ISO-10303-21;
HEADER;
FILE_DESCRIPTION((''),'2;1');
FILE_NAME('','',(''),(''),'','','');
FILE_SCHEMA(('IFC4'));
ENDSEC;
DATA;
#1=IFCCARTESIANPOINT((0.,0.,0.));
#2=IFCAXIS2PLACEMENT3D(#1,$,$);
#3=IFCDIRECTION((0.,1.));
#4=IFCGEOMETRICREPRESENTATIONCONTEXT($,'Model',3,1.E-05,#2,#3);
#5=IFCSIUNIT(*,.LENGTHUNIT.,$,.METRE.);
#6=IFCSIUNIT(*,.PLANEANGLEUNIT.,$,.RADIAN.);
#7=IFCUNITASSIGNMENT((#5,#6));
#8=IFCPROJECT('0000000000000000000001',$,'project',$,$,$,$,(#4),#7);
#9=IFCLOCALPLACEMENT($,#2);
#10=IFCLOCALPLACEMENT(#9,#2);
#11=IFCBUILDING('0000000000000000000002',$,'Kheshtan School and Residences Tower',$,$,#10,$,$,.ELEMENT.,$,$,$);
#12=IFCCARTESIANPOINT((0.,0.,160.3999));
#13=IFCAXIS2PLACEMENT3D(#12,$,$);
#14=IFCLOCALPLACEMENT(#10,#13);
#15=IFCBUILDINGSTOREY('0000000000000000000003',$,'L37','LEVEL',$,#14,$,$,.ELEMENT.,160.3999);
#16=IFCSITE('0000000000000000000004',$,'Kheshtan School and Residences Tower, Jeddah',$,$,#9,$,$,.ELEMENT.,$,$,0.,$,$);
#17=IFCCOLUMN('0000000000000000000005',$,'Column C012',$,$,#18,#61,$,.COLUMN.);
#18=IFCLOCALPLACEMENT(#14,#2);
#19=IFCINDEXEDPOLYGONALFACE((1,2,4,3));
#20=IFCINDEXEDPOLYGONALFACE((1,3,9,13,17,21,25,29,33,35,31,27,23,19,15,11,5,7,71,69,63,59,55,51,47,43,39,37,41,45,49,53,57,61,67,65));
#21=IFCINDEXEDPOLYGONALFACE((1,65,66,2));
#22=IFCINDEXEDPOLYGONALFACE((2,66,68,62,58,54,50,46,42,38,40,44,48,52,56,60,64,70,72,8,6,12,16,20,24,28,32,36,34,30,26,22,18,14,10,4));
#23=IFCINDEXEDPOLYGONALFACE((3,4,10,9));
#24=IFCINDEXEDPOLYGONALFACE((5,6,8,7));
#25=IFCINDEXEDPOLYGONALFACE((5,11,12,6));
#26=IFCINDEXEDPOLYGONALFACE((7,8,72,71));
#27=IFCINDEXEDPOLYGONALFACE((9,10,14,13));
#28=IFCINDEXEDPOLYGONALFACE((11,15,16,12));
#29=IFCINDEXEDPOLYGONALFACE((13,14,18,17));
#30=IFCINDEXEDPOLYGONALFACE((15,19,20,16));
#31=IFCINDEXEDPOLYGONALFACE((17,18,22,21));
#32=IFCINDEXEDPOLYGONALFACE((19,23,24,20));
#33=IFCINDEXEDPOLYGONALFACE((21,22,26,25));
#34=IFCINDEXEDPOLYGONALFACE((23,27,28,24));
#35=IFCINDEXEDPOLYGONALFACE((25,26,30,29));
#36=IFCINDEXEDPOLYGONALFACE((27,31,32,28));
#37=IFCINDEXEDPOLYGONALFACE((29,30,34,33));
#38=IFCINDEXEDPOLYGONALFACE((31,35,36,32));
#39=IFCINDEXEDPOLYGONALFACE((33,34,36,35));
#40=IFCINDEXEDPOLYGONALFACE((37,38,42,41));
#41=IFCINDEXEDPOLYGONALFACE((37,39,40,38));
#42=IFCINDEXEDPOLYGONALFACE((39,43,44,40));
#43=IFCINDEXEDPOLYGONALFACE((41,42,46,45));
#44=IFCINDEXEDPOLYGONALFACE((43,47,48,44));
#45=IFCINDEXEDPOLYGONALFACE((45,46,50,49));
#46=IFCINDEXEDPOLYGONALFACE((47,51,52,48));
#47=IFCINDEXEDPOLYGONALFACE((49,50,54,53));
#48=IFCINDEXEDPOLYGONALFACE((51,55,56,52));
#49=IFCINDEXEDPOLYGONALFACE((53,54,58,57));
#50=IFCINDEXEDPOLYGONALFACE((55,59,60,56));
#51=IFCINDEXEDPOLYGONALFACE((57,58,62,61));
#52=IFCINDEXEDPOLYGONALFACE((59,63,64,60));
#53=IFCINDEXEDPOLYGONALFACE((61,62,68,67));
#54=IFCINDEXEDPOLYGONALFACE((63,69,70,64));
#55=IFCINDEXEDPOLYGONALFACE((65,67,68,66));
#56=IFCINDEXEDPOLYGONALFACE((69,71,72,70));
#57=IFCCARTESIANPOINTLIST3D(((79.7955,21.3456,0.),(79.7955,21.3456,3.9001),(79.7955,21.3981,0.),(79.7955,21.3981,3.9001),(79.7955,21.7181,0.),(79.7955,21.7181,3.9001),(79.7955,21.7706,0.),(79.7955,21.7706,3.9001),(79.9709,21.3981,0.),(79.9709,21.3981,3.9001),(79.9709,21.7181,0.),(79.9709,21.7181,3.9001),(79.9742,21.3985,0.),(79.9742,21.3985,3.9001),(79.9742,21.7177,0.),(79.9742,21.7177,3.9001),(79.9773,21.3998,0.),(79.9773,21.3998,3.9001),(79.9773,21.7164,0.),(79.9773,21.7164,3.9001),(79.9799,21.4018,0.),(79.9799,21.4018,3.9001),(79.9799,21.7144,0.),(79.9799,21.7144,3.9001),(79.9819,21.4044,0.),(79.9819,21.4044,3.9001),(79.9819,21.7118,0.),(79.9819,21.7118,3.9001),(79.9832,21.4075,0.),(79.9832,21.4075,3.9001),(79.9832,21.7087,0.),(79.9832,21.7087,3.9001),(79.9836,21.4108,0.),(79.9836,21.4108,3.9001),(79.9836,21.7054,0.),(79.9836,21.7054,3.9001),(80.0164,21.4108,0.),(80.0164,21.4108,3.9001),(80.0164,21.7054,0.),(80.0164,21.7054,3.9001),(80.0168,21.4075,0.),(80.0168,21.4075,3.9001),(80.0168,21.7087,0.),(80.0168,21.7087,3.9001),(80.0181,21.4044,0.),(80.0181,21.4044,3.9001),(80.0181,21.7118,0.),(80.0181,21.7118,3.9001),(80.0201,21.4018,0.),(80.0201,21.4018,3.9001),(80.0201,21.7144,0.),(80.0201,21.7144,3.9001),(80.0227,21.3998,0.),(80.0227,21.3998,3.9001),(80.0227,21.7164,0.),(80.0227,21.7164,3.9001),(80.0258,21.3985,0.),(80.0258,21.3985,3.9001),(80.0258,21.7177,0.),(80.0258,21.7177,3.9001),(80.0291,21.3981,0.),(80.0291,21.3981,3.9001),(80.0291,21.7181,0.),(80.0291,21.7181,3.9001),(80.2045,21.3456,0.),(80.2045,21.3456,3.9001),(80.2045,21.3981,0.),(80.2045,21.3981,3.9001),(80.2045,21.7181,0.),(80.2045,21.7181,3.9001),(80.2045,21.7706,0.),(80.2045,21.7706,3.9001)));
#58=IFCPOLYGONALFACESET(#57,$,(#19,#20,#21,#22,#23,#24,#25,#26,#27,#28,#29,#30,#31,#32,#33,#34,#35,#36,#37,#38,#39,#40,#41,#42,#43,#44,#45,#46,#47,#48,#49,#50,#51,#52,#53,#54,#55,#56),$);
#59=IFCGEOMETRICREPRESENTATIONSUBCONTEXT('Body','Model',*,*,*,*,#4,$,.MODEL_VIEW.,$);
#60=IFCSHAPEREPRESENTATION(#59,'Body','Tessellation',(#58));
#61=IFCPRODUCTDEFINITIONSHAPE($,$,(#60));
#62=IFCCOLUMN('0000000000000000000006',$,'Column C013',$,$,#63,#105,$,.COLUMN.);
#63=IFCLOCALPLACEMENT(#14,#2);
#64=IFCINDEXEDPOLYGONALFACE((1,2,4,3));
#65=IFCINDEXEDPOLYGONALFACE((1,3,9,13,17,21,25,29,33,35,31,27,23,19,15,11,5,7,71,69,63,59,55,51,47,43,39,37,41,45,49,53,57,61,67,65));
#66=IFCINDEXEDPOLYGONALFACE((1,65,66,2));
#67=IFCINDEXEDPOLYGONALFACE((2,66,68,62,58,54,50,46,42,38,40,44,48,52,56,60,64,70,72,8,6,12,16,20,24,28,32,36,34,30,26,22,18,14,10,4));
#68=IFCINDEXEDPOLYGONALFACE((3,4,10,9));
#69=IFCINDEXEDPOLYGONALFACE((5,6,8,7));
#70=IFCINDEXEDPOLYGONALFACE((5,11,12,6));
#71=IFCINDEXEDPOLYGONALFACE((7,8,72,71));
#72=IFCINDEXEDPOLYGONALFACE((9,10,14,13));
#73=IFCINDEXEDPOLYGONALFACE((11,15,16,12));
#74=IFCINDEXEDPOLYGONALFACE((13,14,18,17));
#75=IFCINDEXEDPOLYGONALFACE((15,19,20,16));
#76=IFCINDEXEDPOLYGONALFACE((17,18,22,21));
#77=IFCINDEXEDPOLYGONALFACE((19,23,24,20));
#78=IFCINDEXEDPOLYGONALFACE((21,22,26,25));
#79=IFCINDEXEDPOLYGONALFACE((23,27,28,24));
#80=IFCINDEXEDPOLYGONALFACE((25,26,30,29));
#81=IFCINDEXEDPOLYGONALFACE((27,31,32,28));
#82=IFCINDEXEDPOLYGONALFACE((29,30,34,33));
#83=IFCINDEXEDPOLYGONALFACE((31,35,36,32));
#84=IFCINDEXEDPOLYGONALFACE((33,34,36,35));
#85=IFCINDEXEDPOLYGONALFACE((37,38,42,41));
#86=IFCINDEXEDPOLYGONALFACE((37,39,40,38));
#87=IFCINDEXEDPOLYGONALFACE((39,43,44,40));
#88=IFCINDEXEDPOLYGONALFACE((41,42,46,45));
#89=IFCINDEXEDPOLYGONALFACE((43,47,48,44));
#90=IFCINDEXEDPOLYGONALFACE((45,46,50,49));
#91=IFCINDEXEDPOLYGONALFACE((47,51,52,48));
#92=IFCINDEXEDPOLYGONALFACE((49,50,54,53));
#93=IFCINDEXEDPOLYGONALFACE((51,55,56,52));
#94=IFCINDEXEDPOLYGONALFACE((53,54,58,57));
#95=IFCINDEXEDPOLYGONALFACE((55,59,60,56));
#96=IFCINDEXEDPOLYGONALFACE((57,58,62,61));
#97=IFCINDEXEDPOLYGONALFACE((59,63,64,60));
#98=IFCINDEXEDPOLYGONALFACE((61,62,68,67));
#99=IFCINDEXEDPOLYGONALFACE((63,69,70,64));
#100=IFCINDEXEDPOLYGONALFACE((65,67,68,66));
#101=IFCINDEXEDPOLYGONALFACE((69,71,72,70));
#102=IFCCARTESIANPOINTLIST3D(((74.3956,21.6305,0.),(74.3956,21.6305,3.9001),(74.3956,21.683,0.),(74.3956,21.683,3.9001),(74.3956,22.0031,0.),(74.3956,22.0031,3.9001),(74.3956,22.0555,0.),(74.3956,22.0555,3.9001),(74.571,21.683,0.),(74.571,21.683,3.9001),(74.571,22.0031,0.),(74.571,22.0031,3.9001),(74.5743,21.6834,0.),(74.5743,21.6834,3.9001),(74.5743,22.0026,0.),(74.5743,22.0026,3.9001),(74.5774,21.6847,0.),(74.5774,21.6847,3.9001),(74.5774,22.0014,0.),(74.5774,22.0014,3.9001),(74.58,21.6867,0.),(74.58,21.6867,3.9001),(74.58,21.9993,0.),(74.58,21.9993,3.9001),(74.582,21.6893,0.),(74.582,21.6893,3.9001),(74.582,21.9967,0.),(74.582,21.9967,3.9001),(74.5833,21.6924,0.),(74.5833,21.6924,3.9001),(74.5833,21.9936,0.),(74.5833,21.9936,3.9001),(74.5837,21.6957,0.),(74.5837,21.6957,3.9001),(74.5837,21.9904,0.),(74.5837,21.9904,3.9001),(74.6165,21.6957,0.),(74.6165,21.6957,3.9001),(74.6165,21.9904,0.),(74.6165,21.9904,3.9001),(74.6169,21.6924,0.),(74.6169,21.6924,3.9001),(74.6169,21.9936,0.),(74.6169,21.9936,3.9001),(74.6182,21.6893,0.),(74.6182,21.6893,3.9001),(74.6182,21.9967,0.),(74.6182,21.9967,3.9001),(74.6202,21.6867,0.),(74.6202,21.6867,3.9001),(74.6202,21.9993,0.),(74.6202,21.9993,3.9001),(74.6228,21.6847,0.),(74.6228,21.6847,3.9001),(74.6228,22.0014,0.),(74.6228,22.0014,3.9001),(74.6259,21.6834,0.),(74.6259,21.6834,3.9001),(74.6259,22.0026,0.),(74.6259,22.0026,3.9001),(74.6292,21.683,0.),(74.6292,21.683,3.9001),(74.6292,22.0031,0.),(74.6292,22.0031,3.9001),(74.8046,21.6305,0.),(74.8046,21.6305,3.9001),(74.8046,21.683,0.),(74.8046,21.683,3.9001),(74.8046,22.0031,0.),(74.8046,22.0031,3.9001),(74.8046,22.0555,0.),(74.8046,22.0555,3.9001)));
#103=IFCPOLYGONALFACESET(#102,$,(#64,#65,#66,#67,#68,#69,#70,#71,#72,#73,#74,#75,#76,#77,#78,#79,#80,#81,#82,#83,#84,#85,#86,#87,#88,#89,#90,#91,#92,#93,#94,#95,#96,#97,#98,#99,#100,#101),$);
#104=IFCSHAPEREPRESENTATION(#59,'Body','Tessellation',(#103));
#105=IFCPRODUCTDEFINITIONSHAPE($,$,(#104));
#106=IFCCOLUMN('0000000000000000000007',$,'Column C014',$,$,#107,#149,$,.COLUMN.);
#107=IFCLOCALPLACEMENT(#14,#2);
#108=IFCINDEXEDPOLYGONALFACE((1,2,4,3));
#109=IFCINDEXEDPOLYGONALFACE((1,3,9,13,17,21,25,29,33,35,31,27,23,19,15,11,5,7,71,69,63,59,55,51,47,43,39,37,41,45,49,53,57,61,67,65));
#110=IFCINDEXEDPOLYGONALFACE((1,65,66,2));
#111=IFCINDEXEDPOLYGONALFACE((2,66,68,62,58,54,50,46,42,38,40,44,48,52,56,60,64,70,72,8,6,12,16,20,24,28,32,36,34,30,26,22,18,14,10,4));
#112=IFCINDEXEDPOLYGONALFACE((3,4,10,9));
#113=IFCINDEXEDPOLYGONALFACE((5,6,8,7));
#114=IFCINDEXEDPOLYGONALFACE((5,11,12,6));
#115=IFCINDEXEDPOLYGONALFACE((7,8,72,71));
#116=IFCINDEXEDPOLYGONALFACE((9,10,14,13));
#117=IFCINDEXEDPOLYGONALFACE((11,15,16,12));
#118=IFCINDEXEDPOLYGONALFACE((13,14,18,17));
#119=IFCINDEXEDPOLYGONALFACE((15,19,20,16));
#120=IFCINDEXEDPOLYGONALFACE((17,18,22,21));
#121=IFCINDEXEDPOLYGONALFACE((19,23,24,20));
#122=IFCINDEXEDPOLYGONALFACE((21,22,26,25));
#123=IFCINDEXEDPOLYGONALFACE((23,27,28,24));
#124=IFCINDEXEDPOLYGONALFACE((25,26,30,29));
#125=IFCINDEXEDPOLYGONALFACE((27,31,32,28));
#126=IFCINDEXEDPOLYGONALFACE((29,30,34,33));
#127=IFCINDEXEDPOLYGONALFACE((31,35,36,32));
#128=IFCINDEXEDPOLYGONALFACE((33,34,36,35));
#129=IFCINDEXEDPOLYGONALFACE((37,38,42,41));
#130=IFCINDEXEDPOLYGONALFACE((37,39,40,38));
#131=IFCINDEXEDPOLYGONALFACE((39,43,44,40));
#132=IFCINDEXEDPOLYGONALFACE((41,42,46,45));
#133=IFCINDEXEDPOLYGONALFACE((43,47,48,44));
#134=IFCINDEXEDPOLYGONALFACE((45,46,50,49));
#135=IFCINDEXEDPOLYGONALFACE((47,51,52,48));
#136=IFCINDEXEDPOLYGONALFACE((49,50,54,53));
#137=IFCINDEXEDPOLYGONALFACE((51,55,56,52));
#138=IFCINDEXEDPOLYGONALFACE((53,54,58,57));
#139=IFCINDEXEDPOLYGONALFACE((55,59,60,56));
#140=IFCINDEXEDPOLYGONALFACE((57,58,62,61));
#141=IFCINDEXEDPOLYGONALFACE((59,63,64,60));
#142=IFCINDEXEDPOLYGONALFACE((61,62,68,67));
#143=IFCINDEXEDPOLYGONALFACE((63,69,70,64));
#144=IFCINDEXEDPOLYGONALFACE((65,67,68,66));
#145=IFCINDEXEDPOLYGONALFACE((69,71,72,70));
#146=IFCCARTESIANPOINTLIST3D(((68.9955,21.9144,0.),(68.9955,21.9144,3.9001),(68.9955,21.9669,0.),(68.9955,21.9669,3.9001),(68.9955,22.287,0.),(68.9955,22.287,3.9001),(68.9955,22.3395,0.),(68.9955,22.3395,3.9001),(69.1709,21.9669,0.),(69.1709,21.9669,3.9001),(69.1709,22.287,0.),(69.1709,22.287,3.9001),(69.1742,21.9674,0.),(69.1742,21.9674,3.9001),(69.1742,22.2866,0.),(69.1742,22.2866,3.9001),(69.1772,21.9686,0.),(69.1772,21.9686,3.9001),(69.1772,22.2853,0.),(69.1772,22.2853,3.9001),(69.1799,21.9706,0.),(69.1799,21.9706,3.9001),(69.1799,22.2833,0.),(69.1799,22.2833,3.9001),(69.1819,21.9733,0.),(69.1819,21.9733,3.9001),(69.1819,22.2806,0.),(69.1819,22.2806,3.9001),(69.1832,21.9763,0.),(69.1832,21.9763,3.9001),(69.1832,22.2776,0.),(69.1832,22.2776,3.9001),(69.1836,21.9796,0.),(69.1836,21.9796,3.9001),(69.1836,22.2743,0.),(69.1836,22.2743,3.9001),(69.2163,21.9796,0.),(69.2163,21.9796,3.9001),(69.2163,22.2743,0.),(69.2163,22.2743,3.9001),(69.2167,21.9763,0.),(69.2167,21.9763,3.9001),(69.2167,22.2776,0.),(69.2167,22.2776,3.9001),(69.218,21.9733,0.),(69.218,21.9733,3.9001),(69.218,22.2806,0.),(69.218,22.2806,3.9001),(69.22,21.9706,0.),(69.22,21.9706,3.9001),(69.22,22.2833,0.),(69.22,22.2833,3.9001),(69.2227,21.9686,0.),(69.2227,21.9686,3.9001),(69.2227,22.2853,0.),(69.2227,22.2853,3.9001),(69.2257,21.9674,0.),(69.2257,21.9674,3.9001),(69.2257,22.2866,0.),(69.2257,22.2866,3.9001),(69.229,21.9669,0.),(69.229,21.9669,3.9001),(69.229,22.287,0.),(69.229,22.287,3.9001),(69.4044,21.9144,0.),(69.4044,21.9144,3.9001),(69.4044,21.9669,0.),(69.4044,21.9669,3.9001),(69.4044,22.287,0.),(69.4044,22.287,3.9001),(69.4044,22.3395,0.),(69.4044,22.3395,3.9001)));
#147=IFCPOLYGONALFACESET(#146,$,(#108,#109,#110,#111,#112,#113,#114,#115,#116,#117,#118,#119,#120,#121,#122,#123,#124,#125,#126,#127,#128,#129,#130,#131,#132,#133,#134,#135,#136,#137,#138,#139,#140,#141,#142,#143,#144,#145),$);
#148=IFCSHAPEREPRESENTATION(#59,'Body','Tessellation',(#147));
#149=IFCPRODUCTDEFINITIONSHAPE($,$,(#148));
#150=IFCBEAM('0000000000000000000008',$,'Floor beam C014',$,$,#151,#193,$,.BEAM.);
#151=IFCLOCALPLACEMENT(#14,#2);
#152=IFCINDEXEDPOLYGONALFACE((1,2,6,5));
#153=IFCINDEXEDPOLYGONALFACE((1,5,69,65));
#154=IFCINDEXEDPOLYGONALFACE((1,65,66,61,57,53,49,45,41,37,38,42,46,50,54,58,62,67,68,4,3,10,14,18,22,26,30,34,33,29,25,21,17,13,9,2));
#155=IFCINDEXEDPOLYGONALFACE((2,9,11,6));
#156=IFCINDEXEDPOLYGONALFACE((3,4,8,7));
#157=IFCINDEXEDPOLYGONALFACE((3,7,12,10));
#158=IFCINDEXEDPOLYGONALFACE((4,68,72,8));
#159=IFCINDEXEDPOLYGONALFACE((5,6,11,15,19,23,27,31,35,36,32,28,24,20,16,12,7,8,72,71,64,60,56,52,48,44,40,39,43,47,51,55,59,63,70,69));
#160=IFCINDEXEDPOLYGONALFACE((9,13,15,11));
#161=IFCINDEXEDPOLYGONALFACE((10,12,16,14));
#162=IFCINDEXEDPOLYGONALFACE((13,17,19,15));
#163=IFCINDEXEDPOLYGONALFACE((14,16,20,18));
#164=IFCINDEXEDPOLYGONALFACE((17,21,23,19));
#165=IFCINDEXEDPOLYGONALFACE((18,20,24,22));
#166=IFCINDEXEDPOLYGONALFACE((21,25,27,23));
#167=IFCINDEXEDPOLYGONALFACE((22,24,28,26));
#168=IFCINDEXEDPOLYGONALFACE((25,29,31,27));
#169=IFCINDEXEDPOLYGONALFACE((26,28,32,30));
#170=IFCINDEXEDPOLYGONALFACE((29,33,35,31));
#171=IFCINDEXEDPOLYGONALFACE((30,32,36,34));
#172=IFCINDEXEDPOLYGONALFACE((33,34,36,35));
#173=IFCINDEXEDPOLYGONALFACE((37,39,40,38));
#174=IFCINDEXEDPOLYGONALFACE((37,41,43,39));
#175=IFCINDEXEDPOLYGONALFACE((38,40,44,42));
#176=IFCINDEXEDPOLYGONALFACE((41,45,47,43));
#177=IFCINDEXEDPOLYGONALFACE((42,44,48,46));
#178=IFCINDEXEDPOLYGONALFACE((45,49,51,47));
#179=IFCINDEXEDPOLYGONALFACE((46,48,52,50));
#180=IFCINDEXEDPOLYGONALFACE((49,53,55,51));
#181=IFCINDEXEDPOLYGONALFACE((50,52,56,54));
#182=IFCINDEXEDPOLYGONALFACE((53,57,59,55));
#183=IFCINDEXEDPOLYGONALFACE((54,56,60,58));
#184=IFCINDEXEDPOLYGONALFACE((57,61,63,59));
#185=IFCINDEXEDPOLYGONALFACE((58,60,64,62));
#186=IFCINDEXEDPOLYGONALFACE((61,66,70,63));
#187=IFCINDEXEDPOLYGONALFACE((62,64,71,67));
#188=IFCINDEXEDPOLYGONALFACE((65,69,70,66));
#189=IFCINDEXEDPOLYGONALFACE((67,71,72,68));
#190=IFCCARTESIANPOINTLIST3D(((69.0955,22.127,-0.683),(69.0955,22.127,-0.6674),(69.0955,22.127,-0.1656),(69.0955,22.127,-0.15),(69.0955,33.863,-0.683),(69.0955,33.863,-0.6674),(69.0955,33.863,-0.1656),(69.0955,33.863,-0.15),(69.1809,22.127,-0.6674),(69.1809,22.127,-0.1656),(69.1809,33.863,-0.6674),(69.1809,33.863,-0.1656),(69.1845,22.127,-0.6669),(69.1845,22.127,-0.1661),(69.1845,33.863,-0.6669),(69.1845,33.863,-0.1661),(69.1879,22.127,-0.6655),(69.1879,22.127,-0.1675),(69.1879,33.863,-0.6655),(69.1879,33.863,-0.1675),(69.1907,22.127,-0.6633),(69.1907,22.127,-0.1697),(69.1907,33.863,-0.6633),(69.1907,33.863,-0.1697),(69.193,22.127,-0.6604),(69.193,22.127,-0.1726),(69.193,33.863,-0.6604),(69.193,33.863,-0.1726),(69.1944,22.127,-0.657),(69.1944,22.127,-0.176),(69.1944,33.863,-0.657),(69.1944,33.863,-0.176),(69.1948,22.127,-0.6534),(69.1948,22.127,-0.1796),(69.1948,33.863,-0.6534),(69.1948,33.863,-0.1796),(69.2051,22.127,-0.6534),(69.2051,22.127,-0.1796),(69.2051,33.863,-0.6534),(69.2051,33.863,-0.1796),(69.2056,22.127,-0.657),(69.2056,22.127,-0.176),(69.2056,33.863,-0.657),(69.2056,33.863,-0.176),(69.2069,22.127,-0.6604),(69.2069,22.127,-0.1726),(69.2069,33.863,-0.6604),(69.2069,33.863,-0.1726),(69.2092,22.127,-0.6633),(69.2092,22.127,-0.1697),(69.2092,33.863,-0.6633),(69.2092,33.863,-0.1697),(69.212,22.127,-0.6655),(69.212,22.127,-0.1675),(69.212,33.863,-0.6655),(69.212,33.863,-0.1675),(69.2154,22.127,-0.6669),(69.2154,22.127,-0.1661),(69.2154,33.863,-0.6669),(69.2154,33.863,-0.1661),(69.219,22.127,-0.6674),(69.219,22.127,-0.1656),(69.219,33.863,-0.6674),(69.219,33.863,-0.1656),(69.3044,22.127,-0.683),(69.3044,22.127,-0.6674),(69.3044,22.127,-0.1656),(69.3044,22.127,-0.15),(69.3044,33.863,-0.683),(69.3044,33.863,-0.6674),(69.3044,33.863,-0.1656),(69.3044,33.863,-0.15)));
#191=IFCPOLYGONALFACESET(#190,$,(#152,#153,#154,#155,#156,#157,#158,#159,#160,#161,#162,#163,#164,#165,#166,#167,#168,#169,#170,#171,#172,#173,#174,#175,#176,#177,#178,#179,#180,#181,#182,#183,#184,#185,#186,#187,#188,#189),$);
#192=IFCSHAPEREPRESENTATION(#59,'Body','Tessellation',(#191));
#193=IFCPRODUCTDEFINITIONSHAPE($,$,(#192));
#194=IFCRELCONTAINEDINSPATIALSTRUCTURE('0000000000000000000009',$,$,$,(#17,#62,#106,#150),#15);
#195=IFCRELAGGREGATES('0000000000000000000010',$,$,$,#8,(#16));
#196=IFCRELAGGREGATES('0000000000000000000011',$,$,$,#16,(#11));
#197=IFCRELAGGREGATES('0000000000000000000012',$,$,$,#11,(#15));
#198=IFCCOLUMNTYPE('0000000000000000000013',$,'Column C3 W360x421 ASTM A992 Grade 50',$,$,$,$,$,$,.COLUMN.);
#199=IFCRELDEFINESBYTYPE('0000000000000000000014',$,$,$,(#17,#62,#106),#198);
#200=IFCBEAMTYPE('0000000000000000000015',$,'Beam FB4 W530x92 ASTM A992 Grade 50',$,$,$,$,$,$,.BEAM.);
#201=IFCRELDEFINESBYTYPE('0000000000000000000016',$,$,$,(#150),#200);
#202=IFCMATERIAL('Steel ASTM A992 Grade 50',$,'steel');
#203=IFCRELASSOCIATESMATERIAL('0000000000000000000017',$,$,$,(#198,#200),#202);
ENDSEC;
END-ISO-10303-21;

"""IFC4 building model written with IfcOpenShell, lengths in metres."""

from ifc_helpers import new_model, si_unit, direction, frame, origin, origin_2d, place, context, subcontext, project, spatial, i_section, extrude, material, material_profile, profile_set, type_object, element, save


model = new_model("IFC4")

# Units and contexts
model_context = context("Model", 3, precision=1e-05, world=origin(), true_north=direction((0.0, 1.0)))
body_context = subcontext(model_context, "Body", "Model", "MODEL_VIEW")
ifc_project = project(units=[si_unit("LENGTHUNIT", "METRE"), si_unit("PLANEANGLEUNIT", "RADIAN")], contexts=[model_context])

# Site, building, storey
site_placement = place(None, origin())
site = spatial("IfcSite", under=ifc_project, at=site_placement, Name="Kheshtan School and Residences Tower, Jeddah", CompositionType="ELEMENT", RefElevation=0.0)
building_placement = place(site_placement, origin())
building = spatial("IfcBuilding", under=site, at=building_placement, Name="Kheshtan School and Residences Tower", CompositionType="ELEMENT")
storey_placement = place(building_placement, frame((0.0, 0.0, 160.3999)))
storey = spatial("IfcBuildingStorey", under=building, at=storey_placement, Name="L37", Description="LEVEL", CompositionType="ELEMENT", Elevation=160.3999)

# Columns
ifc_material_1 = material(Name="Steel ASTM A992 Grade 50", Category="steel")
ifc_material_profile_1 = material_profile(ifc_material_1, i_section(OverallWidth=0.4089, OverallDepth=0.425, WebThickness=0.0327, FlangeThickness=0.0525, FilletRadius=0.0127, at=origin_2d()), Name="W360x421")
ifc_profile_set_1 = profile_set([ifc_material_profile_1], Name="Steel ASTM A992 Grade 50")
column_type = type_object("IfcColumnType", Name="Column C3 W360x421 ASTM A992 Grade 50", PredefinedType="COLUMN", material=ifc_profile_set_1)
for number, where, z_axis, x_axis, name in (
    (1, (80.0, 21.5581, 0.0), (0.0, 0.0, 1.0), (1.0, 0.0, 0.0), "Column C012"),
    (2, (74.6001, 21.843, 0.0), (0.0, 0.0, 1.0), (1.0, 0.0, 0.0), "Column C013"),
    (3, (69.2, 22.127, 0.0), (0.0, 0.0, 1.0), (1.0, 0.0, 0.0), "Column C014"),
):
    element("IfcColumn", number, at=place(storey_placement, frame(where, z_axis=z_axis, x_axis=x_axis)), inside=storey, type_object=column_type, Name=name, PredefinedType="COLUMN", context=body_context, shape_type="SweptSolid", body=[
        extrude(i_section(OverallWidth=0.4089, OverallDepth=0.425, WebThickness=0.0327, FlangeThickness=0.0525, FilletRadius=0.0127, at=origin_2d()), origin(), (0.0, 0.0, 1.0), 3.9001),
    ])

# Beam
ifc_material_profile_2 = material_profile(ifc_material_1, i_section(OverallWidth=0.209, OverallDepth=0.533, WebThickness=0.0103, FlangeThickness=0.0156, FilletRadius=0.0139, at=origin_2d()), Name="W530x92")
ifc_profile_set_2 = profile_set([ifc_material_profile_2], Name="Steel ASTM A992 Grade 50")
beam_type_1 = type_object("IfcBeamType", Name="Beam FB4 W530x92 ASTM A992 Grade 50", PredefinedType="BEAM", material=ifc_profile_set_2)
beam_1_placement = place(storey_placement, frame((69.2, 22.127, -0.4165), z_axis=(0.0, 1.0, 0.0), x_axis=(-1.0, 0.0, 0.0)))
element("IfcBeam", 4, at=beam_1_placement, inside=storey, type_object=beam_type_1, Name="Floor beam C014", PredefinedType="BEAM", context=body_context, shape_type="SweptSolid", body=[
    extrude(i_section(OverallWidth=0.209, OverallDepth=0.533, WebThickness=0.0103, FlangeThickness=0.0156, FilletRadius=0.0139, at=origin_2d()), origin(), (0.0, 0.0, 1.0), 11.7361),
])

save(model, "model.ifc")
